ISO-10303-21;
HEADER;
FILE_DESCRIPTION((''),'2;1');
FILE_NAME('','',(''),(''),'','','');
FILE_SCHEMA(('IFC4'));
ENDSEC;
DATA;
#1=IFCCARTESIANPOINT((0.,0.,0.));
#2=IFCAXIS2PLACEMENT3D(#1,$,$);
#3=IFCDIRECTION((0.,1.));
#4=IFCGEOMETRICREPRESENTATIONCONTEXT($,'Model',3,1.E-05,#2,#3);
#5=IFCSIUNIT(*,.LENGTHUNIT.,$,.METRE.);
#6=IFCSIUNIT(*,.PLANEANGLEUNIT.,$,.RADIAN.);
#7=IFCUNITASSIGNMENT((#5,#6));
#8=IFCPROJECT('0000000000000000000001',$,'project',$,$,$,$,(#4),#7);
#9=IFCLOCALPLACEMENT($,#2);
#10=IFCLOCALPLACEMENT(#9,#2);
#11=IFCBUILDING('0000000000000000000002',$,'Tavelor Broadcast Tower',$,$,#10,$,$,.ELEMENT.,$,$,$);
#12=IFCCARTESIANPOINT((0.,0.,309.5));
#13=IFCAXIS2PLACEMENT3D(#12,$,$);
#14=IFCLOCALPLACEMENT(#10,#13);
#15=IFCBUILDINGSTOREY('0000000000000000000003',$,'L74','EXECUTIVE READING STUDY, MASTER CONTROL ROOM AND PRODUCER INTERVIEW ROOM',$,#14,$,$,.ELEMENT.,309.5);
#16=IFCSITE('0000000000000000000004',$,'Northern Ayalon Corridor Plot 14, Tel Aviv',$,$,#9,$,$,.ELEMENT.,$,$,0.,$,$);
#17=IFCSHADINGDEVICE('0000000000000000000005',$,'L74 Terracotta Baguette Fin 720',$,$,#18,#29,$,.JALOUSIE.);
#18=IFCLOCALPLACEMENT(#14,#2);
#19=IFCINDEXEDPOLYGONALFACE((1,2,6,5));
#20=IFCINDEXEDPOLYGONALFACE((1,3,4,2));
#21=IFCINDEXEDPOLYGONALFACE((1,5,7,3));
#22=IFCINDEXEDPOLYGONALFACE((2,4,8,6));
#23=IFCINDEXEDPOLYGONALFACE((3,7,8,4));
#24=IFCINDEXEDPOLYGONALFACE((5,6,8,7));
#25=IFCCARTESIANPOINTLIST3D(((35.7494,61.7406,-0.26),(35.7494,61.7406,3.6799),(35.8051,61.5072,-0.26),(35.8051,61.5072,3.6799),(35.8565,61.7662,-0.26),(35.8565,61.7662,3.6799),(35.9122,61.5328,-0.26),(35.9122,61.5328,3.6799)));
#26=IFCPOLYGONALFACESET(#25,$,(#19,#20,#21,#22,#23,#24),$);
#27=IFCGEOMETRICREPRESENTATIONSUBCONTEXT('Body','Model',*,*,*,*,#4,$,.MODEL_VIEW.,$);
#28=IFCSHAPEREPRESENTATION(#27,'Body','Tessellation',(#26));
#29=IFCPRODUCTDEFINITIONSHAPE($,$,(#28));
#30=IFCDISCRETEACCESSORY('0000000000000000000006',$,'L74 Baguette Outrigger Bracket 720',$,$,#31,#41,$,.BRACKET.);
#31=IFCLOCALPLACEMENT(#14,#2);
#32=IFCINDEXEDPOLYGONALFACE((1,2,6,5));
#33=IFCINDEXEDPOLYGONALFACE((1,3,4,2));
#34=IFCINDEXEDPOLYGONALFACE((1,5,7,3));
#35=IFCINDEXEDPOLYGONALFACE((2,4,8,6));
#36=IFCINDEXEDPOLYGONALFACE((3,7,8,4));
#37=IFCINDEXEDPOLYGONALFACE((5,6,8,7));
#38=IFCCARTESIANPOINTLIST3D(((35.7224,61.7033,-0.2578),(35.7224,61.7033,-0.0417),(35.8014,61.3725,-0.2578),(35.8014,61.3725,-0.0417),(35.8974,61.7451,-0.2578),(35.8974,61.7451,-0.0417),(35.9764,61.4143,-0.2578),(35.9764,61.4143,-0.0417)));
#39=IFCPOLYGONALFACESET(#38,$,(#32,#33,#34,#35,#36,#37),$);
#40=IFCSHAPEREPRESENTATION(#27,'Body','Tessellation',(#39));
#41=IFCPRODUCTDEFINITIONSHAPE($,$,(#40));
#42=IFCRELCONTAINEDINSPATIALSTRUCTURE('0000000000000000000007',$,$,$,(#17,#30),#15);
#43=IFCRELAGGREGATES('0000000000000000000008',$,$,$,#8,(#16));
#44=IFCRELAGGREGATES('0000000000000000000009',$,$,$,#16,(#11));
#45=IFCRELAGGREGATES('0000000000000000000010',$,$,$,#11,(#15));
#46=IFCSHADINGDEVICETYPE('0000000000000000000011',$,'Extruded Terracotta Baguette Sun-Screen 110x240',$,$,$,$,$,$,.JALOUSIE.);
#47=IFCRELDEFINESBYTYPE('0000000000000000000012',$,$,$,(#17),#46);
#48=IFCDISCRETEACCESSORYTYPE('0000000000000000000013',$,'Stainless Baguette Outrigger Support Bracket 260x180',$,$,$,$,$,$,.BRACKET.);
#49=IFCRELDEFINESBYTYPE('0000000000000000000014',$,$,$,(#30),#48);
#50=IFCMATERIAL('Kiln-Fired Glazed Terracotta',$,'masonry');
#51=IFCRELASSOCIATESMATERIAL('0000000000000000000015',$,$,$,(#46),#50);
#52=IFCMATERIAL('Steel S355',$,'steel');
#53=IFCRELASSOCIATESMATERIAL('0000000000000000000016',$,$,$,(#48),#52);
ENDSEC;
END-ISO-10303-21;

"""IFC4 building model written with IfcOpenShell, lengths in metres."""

from ifc_helpers import new_model, si_unit, direction, frame, origin, origin_2d, place, context, subcontext, project, spatial, rectangle, extrude, source, transform, mapped, material, type_object, type_shapes, element, save


model = new_model("IFC4")

# Units and contexts
model_context = context("Model", 3, precision=1e-05, world=origin(), true_north=direction((0.0, 1.0)))
body_context = subcontext(model_context, "Body", "Model", "MODEL_VIEW")
ifc_project = project(units=[si_unit("LENGTHUNIT", "METRE"), si_unit("PLANEANGLEUNIT", "RADIAN")], contexts=[model_context])

# Site, building, storey
site_placement = place(None, origin())
site = spatial("IfcSite", under=ifc_project, at=site_placement, Name="Northern Ayalon Corridor Plot 14, Tel Aviv", CompositionType="ELEMENT", RefElevation=0.0)
building_placement = place(site_placement, origin())
building = spatial("IfcBuilding", under=site, at=building_placement, Name="Tavelor Broadcast Tower", CompositionType="ELEMENT")
storey_placement = place(building_placement, frame((0.0, 0.0, 309.5)))
storey = spatial("IfcBuildingStorey", under=building, at=storey_placement, Name="L74", Description="EXECUTIVE READING STUDY, MASTER CONTROL ROOM AND PRODUCER INTERVIEW ROOM", CompositionType="ELEMENT", Elevation=309.5)

# Shared definitions
ifc_material_1 = material(Name="Steel S355", Category="steel")

# Shading device
ifc_material_2 = material(Name="Kiln-Fired Glazed Terracotta", Category="masonry")
shading_device_type = type_object("IfcShadingDeviceType", Name="Extruded Terracotta Baguette Sun-Screen 110x240", PredefinedType="JALOUSIE", material=ifc_material_2)
shared_shape_1 = source(origin(), body_context, "Body", "SweptSolid", [
    extrude(rectangle(XDim=0.1101, YDim=0.24, at=origin_2d()), origin(), (0.0, 0.0, 1.0), 3.9399),
])
type_shapes(shading_device_type, [shared_shape_1])
shading_device_placement = place(storey_placement, frame((35.8308, 61.6367, -0.26), z_axis=(0.0, 0.0, 1.0), x_axis=(-0.972654, -0.232257, 0.0)))
element("IfcShadingDevice", 1, at=shading_device_placement, inside=storey, type_object=shading_device_type, Name="L74 Terracotta Baguette Fin 720", PredefinedType="JALOUSIE", context=body_context, shape_type="MappedRepresentation", body=[
    mapped(shared_shape_1, transform((0.0, 0.0, 0.0), scale=1.0)),
])

# Discrete accessory
discrete_accessory_type = type_object("IfcDiscreteAccessoryType", Name="Stainless Baguette Outrigger Support Bracket 260x180", PredefinedType="BRACKET", material=ifc_material_1)
shared_shape_2 = source(origin(), body_context, "Body", "SweptSolid", [
    extrude(rectangle(XDim=0.1799, YDim=0.3401, at=origin_2d()), origin(), (0.0, 0.0, 1.0), 0.2161),
])
type_shapes(discrete_accessory_type, [shared_shape_2])
discrete_accessory_placement = place(storey_placement, frame((35.8494, 61.5588, -0.2578), z_axis=(0.0, 0.0, 1.0), x_axis=(-0.972654, -0.232257, 0.0)))
element("IfcDiscreteAccessory", 2, at=discrete_accessory_placement, inside=storey, type_object=discrete_accessory_type, Name="L74 Baguette Outrigger Bracket 720", PredefinedType="BRACKET", context=body_context, shape_type="MappedRepresentation", body=[
    mapped(shared_shape_2, transform((0.0, 0.0, 0.0), scale=1.0)),
])

save(model, "model.ifc")
